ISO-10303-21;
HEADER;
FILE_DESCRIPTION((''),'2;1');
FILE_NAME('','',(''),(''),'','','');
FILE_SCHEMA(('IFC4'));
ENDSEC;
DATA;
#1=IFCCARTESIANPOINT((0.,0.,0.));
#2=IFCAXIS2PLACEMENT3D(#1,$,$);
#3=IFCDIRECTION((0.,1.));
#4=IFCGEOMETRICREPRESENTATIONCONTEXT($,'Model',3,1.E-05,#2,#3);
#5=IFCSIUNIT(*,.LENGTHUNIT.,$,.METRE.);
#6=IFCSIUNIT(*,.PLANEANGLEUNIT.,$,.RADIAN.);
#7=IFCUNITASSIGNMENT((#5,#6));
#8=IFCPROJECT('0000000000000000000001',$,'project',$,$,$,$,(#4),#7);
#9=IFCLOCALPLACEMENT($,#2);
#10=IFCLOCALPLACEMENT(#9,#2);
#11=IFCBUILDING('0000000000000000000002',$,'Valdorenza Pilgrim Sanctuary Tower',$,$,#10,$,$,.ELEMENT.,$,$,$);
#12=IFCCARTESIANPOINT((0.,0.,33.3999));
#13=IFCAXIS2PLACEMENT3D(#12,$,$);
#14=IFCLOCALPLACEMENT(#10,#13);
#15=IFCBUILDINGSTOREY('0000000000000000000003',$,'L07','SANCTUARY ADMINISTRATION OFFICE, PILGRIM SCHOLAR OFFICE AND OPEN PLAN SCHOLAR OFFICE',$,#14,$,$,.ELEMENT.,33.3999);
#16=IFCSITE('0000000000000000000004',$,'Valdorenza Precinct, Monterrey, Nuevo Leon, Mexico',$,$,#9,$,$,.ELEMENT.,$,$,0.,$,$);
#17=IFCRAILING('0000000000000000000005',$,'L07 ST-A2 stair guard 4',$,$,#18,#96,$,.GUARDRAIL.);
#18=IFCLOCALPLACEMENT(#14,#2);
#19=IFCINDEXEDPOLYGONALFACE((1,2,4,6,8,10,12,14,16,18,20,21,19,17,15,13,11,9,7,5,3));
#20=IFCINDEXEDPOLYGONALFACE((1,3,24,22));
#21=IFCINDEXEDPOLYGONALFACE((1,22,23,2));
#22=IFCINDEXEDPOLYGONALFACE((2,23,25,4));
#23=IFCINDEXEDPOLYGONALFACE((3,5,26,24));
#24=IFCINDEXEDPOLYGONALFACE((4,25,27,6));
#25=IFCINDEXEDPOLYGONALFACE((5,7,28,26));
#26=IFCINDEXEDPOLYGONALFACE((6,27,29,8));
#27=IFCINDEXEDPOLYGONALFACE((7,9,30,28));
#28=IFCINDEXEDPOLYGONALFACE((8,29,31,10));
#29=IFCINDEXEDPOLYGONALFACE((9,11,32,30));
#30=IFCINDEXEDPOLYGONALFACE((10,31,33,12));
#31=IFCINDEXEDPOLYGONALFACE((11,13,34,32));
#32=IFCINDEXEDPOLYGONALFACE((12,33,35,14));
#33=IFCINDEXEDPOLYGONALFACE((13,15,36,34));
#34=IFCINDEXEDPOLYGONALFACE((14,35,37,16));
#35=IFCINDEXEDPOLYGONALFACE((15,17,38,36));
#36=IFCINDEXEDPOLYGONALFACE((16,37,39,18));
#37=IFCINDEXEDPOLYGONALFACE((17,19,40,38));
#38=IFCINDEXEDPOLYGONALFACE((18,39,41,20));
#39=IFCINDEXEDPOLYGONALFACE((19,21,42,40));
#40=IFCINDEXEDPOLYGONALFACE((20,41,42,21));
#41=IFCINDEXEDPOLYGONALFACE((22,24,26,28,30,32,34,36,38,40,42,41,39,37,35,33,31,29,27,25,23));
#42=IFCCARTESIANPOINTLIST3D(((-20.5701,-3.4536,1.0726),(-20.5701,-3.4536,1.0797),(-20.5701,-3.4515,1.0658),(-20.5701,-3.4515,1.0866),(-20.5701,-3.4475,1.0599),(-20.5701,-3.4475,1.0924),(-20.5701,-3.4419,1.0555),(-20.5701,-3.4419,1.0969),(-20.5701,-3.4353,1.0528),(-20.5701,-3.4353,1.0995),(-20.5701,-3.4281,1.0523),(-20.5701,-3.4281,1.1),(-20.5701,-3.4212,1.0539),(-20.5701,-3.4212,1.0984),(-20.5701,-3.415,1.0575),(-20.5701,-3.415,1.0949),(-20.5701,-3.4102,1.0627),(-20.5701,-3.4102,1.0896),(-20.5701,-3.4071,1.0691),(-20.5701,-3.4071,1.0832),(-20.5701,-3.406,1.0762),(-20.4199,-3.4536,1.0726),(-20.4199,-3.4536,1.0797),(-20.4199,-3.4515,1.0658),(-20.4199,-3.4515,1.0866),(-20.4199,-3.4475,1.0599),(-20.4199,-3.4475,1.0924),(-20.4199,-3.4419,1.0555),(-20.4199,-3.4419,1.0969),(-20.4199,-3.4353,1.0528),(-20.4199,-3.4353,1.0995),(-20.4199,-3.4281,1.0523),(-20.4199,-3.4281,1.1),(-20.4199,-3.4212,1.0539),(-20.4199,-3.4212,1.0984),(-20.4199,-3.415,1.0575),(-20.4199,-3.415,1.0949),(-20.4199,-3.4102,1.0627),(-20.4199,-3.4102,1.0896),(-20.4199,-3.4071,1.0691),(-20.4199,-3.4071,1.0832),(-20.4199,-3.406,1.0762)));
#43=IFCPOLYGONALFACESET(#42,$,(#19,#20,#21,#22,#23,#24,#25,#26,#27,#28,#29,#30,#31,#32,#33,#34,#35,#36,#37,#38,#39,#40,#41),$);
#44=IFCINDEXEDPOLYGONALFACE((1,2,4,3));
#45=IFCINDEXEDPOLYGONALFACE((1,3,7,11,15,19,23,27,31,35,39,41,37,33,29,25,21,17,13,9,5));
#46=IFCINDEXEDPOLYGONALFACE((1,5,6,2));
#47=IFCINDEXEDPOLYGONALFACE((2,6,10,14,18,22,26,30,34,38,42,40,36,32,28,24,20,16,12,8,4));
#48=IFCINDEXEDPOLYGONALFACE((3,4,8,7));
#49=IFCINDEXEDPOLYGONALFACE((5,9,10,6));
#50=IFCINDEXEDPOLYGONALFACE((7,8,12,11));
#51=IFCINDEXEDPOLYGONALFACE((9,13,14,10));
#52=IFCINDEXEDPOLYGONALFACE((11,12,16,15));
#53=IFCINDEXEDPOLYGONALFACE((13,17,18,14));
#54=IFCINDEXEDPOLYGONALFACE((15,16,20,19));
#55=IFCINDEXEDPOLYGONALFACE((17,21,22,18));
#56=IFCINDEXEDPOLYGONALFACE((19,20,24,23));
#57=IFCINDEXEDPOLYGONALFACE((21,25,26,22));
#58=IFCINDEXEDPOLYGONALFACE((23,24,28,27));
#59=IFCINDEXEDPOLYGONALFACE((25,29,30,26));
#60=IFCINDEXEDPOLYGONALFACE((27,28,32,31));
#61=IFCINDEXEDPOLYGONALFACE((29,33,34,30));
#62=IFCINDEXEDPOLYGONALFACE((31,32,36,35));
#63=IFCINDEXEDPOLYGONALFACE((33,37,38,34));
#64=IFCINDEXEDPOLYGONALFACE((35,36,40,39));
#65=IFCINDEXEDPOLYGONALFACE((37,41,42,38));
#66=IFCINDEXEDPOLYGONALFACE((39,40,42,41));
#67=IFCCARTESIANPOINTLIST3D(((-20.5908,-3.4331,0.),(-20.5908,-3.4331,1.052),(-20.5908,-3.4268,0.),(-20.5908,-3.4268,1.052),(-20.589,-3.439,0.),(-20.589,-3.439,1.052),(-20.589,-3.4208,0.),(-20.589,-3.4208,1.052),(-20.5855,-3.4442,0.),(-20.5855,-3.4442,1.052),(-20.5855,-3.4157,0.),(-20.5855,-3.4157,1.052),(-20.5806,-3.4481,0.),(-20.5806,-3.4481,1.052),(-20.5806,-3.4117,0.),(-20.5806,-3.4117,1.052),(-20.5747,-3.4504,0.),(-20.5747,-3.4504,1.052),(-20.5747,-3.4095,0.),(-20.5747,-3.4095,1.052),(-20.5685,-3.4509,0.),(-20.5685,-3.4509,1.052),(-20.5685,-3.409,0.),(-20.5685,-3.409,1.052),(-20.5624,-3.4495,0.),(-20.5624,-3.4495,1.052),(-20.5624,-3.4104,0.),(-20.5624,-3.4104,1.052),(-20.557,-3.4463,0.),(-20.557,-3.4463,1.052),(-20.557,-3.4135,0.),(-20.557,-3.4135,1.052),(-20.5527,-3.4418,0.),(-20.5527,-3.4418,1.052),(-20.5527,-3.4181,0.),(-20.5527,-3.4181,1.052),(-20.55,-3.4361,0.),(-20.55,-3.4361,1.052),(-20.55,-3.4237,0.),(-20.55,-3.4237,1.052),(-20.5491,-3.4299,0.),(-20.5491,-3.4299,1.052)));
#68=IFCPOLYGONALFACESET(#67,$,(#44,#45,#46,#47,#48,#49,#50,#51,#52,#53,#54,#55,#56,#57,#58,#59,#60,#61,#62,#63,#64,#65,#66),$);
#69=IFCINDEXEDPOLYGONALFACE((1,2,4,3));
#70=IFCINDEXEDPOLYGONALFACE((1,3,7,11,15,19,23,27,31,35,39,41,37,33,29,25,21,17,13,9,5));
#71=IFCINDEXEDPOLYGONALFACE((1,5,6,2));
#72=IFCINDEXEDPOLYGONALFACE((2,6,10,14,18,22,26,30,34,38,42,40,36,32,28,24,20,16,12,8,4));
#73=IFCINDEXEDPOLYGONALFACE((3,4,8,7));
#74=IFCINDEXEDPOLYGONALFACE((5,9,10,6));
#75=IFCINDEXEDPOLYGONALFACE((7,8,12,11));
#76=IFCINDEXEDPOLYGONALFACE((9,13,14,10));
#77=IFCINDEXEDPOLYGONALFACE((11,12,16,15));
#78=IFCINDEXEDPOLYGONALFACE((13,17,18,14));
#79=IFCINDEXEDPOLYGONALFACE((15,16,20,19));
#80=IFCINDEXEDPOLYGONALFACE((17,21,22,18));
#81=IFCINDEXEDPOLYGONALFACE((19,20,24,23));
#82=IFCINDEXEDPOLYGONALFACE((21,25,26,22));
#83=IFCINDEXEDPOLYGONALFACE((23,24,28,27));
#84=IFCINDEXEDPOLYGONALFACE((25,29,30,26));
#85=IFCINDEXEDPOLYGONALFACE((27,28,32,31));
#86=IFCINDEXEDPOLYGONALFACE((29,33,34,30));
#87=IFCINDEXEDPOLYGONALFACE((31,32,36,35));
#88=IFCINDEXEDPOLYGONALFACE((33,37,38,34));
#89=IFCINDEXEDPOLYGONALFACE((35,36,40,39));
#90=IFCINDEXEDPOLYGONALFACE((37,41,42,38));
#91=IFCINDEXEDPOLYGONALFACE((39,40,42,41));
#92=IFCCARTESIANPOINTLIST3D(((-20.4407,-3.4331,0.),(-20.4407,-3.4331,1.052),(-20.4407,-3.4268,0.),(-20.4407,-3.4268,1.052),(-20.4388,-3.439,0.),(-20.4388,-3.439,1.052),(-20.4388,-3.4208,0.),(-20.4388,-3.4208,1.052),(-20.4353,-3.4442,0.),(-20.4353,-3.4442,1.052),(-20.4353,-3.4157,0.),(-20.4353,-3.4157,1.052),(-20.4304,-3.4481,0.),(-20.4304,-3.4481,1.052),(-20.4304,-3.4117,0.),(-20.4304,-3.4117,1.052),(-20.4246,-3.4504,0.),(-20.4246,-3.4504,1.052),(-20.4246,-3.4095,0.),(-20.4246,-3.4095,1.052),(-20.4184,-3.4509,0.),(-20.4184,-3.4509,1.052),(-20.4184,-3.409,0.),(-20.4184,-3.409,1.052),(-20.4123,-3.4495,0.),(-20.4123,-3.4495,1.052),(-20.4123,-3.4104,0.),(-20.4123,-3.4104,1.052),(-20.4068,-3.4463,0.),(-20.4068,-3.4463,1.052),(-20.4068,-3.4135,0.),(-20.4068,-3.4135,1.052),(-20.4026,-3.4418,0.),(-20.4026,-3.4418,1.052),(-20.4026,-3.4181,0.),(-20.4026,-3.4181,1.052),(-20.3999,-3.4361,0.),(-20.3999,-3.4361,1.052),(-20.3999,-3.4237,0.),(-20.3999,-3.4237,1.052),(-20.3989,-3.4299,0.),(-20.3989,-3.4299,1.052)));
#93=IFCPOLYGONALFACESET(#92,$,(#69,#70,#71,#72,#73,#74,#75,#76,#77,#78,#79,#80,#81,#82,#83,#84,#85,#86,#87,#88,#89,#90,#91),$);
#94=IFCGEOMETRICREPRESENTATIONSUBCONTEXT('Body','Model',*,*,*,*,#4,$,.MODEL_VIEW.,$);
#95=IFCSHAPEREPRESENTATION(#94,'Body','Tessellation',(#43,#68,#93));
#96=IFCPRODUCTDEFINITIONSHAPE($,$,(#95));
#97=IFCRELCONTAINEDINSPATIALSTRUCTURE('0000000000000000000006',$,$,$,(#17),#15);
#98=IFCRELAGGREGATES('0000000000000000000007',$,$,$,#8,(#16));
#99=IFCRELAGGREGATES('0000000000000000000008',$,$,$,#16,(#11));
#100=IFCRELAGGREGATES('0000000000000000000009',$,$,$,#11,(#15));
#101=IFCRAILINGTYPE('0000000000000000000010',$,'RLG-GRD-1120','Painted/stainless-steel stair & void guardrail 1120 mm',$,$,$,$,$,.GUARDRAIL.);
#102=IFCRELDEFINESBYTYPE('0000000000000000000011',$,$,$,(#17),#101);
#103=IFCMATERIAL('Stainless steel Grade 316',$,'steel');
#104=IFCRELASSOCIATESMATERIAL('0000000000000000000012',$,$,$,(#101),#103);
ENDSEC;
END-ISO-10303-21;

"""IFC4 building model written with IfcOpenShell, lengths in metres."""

from ifc_helpers import new_model, si_unit, direction, frame, origin, origin_2d, place, context, subcontext, project, spatial, circle, extrude, material, type_object, element, save


model = new_model("IFC4")

# Units and contexts
model_context = context("Model", 3, precision=1e-05, world=origin(), true_north=direction((0.0, 1.0)))
body_context = subcontext(model_context, "Body", "Model", "MODEL_VIEW")
ifc_project = project(units=[si_unit("LENGTHUNIT", "METRE"), si_unit("PLANEANGLEUNIT", "RADIAN")], contexts=[model_context])

# Site, building, storey
site_placement = place(None, origin())
site = spatial("IfcSite", under=ifc_project, at=site_placement, Name="Valdorenza Precinct, Monterrey, Nuevo Leon, Mexico", CompositionType="ELEMENT", RefElevation=0.0)
building_placement = place(site_placement, origin())
building = spatial("IfcBuilding", under=site, at=building_placement, Name="Valdorenza Pilgrim Sanctuary Tower", CompositionType="ELEMENT")
storey_placement = place(building_placement, frame((0.0, 0.0, 33.3999)))
storey = spatial("IfcBuildingStorey", under=building, at=storey_placement, Name="L07", Description="SANCTUARY ADMINISTRATION OFFICE, PILGRIM SCHOLAR OFFICE AND OPEN PLAN SCHOLAR OFFICE", CompositionType="ELEMENT", Elevation=33.3999)

# Railing
ifc_material_1 = material(Name="Stainless steel Grade 316", Category="steel")
railing_type_1 = type_object("IfcRailingType", Name="RLG-GRD-1120", Description="Painted/stainless-steel stair & void guardrail 1120 mm", PredefinedType="GUARDRAIL", material=ifc_material_1)
railing_1_placement = place(storey_placement, frame((-20.5701, -3.4299, 0.0)))
element("IfcRailing", 1, at=railing_1_placement, inside=storey, type_object=railing_type_1, Name="L07 ST-A2 stair guard 4", PredefinedType="GUARDRAIL", context=body_context, shape_type="SweptSolid", body=[
    extrude(circle(Radius=0.0239, at=origin_2d()), frame((0.0, 0.0, 1.0762), z_axis=(1.0, 0.0, 0.0), x_axis=(0.0, 1.0, 0.0)), (0.0, 0.0, 1.0), 0.1501),
    extrude(circle(Radius=0.021, at=origin_2d()), origin(), (0.0, 0.0, 1.0), 1.052),
    extrude(circle(Radius=0.021, at=origin_2d()), frame((0.1501, 0.0, 0.0)), (0.0, 0.0, 1.0), 1.052),
])

save(model, "model.ifc")
